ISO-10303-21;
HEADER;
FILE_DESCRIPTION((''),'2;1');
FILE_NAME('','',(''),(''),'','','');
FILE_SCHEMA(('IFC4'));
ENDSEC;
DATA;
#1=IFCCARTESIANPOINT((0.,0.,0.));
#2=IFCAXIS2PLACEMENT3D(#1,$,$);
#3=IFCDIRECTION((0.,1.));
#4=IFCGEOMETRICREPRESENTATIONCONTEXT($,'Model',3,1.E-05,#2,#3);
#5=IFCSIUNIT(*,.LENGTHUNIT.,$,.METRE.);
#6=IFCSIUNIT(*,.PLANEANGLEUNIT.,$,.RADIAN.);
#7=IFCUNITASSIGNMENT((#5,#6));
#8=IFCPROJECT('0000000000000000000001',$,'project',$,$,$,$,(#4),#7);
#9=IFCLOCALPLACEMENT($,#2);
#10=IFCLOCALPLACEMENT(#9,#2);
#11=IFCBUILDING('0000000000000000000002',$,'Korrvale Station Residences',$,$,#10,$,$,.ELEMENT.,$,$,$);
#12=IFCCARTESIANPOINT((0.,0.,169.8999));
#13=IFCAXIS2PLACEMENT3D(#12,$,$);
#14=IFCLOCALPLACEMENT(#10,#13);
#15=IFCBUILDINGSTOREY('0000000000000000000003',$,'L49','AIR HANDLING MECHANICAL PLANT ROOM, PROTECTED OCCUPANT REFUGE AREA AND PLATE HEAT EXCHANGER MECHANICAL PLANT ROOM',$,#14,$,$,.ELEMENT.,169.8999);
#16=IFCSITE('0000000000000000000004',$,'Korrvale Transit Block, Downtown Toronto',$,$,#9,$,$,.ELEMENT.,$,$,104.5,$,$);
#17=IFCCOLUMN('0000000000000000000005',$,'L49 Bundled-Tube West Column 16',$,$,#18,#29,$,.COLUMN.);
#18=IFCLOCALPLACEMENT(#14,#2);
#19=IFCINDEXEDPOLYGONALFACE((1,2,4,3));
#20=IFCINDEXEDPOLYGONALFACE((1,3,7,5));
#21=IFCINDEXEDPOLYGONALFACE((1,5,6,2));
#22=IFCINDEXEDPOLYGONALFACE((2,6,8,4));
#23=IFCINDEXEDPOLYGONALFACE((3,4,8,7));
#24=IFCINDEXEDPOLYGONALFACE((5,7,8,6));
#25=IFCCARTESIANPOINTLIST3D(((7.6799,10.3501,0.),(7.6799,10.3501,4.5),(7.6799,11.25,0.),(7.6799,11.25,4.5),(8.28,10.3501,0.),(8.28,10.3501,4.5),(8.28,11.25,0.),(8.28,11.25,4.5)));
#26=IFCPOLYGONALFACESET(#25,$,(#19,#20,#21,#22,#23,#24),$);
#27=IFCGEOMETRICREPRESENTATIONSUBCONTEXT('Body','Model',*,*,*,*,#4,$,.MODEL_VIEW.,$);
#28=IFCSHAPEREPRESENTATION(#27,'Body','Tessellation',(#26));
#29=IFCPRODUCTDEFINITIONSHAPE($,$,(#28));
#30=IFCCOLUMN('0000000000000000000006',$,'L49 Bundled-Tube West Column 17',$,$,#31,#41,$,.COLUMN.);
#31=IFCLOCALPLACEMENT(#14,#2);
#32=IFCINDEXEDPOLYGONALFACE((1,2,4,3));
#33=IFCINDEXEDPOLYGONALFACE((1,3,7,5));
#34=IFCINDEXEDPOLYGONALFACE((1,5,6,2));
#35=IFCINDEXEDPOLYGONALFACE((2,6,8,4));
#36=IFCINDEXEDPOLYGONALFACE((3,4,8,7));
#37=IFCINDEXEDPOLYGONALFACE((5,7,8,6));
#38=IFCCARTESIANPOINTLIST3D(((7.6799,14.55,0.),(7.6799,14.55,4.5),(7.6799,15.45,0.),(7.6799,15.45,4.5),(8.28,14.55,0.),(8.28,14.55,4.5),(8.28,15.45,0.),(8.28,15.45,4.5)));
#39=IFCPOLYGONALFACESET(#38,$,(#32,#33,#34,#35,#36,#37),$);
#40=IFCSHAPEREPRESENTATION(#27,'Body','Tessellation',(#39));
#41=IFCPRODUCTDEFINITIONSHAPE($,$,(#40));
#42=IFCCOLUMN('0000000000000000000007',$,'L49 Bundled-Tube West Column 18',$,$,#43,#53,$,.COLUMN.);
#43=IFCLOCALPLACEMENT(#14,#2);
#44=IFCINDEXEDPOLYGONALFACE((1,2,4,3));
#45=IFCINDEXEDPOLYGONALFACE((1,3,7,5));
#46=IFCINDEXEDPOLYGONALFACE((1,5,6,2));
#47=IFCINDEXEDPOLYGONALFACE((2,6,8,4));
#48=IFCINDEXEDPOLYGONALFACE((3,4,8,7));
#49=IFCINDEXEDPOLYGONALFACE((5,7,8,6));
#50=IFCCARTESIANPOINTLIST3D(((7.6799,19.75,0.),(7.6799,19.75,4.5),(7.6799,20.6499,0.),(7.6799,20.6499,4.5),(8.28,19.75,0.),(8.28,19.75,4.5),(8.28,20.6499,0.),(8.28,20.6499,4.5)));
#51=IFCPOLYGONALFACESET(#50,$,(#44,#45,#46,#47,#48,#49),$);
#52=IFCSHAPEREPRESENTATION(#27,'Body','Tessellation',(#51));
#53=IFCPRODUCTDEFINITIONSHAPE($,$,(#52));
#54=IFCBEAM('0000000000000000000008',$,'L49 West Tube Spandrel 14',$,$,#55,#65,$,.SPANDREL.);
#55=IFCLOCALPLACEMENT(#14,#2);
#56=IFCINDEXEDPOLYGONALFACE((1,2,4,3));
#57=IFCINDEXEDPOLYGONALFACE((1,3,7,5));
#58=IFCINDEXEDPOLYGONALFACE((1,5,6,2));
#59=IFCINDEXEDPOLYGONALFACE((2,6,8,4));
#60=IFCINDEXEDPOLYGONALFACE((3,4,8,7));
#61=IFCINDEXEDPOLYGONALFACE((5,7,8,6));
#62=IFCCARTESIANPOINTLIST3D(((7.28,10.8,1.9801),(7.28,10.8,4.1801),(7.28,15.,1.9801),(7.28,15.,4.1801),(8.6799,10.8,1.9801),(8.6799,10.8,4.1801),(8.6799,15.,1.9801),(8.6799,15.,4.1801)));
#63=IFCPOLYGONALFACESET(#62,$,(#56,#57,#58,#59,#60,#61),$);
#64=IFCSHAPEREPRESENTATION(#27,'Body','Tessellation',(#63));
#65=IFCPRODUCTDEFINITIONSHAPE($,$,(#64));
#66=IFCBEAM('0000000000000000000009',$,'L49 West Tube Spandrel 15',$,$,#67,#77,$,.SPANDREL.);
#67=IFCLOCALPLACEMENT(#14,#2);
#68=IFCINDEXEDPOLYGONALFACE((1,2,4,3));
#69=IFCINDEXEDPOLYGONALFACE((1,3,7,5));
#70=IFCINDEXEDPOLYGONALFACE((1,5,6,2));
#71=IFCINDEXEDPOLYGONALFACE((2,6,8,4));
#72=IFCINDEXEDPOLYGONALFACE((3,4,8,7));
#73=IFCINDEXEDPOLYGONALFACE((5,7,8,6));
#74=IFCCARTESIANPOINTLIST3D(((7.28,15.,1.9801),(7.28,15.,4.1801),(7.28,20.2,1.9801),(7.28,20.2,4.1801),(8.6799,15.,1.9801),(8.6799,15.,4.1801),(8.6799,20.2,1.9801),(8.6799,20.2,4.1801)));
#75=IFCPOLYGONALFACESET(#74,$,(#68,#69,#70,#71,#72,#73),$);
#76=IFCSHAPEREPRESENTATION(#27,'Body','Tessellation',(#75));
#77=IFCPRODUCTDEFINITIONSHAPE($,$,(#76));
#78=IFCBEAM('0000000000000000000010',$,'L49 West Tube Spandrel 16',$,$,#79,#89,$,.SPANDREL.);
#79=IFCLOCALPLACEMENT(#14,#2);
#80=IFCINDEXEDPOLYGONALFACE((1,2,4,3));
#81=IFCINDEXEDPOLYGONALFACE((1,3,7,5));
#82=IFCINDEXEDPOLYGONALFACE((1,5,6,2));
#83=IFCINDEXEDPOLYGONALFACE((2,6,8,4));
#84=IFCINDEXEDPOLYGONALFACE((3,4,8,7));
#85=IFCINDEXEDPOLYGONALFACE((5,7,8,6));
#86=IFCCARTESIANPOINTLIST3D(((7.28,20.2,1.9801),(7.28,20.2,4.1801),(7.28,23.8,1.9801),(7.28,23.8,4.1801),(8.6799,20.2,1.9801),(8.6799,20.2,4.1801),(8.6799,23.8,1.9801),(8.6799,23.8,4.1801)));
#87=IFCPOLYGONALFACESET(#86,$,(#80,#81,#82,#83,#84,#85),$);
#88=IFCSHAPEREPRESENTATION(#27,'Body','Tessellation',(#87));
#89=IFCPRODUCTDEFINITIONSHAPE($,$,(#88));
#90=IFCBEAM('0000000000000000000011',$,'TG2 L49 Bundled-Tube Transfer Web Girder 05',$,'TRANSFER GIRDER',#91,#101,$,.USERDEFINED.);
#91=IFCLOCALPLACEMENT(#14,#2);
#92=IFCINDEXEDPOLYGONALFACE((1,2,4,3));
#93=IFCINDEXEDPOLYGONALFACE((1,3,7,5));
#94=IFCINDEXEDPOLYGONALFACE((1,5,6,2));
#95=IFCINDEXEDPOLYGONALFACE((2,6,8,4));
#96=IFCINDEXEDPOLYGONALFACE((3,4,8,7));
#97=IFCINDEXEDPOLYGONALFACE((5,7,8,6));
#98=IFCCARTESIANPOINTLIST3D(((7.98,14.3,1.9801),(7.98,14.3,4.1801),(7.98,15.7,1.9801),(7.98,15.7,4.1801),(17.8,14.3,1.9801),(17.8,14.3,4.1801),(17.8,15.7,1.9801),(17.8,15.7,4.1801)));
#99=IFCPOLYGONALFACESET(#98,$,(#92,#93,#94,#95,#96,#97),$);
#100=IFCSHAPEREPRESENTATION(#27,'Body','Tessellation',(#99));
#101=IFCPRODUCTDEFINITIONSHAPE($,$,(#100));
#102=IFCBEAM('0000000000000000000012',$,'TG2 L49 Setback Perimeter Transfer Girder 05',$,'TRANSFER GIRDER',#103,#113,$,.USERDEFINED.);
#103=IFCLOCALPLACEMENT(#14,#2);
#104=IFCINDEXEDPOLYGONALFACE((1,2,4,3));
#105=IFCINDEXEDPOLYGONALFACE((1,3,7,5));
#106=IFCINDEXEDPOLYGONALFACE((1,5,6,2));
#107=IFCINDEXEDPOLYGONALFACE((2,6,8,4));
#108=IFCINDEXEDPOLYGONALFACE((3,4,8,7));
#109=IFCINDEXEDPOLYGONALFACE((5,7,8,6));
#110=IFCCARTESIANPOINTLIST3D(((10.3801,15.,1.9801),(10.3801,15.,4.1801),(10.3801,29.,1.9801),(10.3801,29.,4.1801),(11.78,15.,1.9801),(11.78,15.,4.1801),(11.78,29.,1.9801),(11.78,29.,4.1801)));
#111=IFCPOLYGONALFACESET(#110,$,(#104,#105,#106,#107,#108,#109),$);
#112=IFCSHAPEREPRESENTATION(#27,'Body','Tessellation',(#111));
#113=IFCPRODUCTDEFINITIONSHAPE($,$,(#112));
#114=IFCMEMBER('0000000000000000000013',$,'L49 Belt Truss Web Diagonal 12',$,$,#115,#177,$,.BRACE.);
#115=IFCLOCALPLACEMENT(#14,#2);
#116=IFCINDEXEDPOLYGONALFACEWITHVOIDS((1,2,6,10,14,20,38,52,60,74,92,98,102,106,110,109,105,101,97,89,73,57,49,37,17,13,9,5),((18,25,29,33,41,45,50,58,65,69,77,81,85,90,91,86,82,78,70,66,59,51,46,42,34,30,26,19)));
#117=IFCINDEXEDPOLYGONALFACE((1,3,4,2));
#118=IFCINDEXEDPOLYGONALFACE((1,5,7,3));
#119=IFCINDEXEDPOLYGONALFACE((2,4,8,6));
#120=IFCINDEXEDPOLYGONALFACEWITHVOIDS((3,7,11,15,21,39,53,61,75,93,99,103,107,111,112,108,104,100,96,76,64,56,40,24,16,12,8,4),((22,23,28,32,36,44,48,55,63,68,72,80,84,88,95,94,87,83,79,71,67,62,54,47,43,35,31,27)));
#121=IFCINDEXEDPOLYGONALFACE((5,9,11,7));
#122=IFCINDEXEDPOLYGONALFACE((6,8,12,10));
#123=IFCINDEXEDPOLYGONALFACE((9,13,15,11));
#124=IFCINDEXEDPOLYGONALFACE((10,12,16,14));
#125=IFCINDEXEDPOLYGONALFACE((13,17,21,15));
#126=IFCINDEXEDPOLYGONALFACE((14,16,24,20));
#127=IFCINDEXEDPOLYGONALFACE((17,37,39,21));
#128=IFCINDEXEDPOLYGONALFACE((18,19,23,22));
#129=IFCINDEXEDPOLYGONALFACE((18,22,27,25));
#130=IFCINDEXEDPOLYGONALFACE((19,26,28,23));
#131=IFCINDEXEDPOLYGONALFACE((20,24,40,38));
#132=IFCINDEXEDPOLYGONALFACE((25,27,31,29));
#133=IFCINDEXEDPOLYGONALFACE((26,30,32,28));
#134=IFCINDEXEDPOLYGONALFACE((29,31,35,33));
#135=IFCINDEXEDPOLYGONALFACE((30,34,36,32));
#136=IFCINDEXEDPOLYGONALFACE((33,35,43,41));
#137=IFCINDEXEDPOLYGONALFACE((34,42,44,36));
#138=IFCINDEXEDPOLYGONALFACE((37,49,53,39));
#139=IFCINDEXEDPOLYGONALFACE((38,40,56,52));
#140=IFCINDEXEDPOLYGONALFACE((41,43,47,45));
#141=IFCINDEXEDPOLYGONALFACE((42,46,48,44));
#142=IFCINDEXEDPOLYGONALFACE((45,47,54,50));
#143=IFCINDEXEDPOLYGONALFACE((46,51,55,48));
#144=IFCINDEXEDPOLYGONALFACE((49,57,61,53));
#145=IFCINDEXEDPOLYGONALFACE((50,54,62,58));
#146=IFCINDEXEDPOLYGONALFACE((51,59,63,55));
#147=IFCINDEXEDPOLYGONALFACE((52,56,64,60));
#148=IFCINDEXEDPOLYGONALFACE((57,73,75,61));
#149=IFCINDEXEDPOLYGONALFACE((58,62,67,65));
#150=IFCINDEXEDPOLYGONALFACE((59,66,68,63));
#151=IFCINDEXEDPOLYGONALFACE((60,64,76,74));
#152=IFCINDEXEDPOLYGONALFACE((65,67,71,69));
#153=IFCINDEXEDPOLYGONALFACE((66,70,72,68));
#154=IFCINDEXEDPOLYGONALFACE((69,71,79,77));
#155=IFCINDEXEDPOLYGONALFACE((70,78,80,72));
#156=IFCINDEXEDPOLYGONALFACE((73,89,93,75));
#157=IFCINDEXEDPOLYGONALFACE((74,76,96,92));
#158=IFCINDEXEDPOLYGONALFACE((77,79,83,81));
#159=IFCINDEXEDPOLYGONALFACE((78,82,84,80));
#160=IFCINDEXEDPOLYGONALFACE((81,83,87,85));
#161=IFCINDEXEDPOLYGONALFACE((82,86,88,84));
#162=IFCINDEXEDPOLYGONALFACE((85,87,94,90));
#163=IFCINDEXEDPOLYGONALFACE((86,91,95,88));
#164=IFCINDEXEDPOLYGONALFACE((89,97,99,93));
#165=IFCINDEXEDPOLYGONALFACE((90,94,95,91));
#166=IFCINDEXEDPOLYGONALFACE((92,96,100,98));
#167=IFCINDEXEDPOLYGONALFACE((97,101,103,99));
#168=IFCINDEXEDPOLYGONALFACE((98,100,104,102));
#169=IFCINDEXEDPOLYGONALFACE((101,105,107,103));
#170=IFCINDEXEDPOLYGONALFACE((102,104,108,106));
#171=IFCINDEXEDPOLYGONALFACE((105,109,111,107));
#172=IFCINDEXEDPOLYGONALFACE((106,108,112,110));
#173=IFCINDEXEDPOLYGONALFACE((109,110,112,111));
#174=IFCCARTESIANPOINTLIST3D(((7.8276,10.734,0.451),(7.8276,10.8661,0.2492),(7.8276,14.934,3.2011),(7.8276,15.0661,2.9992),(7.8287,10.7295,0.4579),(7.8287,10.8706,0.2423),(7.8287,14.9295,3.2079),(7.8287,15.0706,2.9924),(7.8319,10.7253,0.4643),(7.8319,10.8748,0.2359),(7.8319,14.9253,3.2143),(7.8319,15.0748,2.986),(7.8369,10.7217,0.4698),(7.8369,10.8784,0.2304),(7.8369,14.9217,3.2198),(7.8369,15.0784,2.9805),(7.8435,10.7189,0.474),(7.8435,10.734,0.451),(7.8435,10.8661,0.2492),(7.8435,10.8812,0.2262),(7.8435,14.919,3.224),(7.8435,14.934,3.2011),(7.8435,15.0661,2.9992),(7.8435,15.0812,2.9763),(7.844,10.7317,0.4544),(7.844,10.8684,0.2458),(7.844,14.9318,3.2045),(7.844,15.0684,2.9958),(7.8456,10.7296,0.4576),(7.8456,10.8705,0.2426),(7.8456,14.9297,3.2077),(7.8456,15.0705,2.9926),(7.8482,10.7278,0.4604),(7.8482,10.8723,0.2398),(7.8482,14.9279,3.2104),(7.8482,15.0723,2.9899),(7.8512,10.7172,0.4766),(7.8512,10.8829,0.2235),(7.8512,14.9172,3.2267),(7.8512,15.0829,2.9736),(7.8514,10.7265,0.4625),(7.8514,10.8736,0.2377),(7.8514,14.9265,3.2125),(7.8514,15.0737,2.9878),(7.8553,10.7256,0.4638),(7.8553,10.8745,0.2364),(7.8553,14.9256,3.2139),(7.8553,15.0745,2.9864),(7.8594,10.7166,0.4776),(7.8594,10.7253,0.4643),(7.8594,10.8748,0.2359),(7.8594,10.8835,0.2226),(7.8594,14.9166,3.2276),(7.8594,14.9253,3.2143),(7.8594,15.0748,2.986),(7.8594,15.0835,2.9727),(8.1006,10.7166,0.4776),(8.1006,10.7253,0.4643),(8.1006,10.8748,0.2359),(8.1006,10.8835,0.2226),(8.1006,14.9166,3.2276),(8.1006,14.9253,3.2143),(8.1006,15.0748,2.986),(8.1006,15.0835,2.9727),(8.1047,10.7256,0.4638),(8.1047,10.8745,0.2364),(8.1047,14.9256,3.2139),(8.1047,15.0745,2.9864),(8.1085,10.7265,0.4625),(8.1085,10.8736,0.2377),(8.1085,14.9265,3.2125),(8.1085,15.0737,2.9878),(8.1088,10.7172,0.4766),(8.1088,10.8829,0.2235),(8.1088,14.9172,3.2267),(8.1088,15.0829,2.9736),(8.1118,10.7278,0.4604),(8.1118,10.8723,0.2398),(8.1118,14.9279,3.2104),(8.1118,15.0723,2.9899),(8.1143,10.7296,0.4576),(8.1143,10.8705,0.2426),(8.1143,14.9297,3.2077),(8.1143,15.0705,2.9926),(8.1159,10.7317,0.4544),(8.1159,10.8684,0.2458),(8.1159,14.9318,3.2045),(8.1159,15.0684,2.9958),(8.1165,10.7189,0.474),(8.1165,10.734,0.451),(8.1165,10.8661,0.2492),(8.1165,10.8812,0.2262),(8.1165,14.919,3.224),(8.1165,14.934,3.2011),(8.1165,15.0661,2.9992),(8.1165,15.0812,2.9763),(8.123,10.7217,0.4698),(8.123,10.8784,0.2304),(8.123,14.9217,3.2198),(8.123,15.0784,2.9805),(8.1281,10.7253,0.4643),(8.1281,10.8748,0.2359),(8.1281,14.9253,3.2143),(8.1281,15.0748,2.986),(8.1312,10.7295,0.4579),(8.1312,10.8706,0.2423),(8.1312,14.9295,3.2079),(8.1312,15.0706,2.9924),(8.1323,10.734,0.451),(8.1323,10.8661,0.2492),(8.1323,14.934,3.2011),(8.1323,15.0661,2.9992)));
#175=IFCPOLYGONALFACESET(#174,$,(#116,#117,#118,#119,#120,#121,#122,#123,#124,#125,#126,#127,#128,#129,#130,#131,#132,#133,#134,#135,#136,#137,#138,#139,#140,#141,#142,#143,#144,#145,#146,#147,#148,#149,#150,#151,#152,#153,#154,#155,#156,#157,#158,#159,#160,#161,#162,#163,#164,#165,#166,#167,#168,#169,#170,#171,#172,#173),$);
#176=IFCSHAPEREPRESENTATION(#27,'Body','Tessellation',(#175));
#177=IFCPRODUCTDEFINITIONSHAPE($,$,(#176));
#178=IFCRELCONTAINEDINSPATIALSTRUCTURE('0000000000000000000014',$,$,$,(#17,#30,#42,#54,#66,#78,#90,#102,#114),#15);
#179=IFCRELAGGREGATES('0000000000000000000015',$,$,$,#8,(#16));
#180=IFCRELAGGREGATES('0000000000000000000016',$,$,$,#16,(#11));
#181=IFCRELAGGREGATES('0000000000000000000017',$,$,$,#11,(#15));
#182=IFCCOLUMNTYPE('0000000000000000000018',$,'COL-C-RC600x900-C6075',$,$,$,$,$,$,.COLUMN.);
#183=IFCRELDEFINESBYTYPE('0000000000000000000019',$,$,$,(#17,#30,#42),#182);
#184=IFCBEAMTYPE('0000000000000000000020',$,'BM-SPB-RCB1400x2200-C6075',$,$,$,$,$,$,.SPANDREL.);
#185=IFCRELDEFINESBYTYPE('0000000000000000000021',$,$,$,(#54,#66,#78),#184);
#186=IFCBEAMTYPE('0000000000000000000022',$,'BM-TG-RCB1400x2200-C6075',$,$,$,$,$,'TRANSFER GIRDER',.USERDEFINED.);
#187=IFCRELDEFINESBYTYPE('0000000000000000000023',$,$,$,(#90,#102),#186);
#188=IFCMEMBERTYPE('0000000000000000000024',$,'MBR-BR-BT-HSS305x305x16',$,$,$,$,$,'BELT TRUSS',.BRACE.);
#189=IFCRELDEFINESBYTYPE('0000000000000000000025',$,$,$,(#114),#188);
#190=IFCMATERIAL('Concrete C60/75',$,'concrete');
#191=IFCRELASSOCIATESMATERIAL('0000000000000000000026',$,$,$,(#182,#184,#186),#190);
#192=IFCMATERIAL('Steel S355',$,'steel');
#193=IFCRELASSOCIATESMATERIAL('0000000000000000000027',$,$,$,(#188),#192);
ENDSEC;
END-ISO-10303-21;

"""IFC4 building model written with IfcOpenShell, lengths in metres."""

from ifc_helpers import new_model, si_unit, direction, frame, origin, origin_2d, place, context, subcontext, project, spatial, rectangle, hollow_rectangle, extrude, material, material_profile, profile_set, type_object, element, save


model = new_model("IFC4")

# Units and contexts
model_context = context("Model", 3, precision=1e-05, world=origin(), true_north=direction((0.0, 1.0)))
body_context = subcontext(model_context, "Body", "Model", "MODEL_VIEW")
ifc_project = project(units=[si_unit("LENGTHUNIT", "METRE"), si_unit("PLANEANGLEUNIT", "RADIAN")], contexts=[model_context])

# Site, building, storey
site_placement = place(None, origin())
site = spatial("IfcSite", under=ifc_project, at=site_placement, Name="Korrvale Transit Block, Downtown Toronto", CompositionType="ELEMENT", RefElevation=104.5)
building_placement = place(site_placement, origin())
building = spatial("IfcBuilding", under=site, at=building_placement, Name="Korrvale Station Residences", CompositionType="ELEMENT")
storey_placement = place(building_placement, frame((0.0, 0.0, 169.8999)))
storey = spatial("IfcBuildingStorey", under=building, at=storey_placement, Name="L49", Description="AIR HANDLING MECHANICAL PLANT ROOM, PROTECTED OCCUPANT REFUGE AREA AND PLATE HEAT EXCHANGER MECHANICAL PLANT ROOM", CompositionType="ELEMENT", Elevation=169.8999)

# Columns
ifc_material_1 = material(Name="Concrete C60/75", Category="concrete")
ifc_material_profile_1 = material_profile(ifc_material_1, rectangle(XDim=0.6001, YDim=0.8999, at=origin_2d()), Name="RC600x900")
ifc_profile_set_1 = profile_set([ifc_material_profile_1], Name="Concrete C60/75")
column_type = type_object("IfcColumnType", Name="COL-C-RC600x900-C6075", PredefinedType="COLUMN", material=ifc_profile_set_1)
for number, where, z_axis, x_axis, name in (
    (1, (7.98, 10.8, 0.0), (0.0, 0.0, 1.0), (1.0, 0.0, 0.0), "L49 Bundled-Tube West Column 16"),
    (2, (7.98, 15.0, 0.0), (0.0, 0.0, 1.0), (1.0, 0.0, 0.0), "L49 Bundled-Tube West Column 17"),
    (3, (7.98, 20.2, 0.0), (0.0, 0.0, 1.0), (1.0, 0.0, 0.0), "L49 Bundled-Tube West Column 18"),
):
    element("IfcColumn", number, at=place(storey_placement, frame(where, z_axis=z_axis, x_axis=x_axis)), inside=storey, type_object=column_type, Name=name, PredefinedType="COLUMN", context=body_context, shape_type="SweptSolid", body=[
        extrude(rectangle(XDim=0.6001, YDim=0.8999, at=origin_2d()), origin(), (0.0, 0.0, 1.0), 4.5),
    ])

# Beams
ifc_material_profile_2 = material_profile(ifc_material_1, rectangle(XDim=1.3999, YDim=2.2, at=origin_2d()), Name="RCB1400x2200")
ifc_profile_set_2 = profile_set([ifc_material_profile_2], Name="Concrete C60/75")
beam_type_1 = type_object("IfcBeamType", Name="BM-SPB-RCB1400x2200-C6075", PredefinedType="SPANDREL", material=ifc_profile_set_2)
beam_1_placement = place(storey_placement, frame((7.98, 10.8, 3.0801), z_axis=(0.0, 1.0, 0.0), x_axis=(-1.0, 0.0, 0.0)))
element("IfcBeam", 4, at=beam_1_placement, inside=storey, type_object=beam_type_1, Name="L49 West Tube Spandrel 14", PredefinedType="SPANDREL", context=body_context, shape_type="SweptSolid", body=[
    extrude(rectangle(XDim=1.3999, YDim=2.2, at=origin_2d()), origin(), (0.0, 0.0, 1.0), 4.2),
])
beam_2_placement = place(storey_placement, frame((7.98, 15.0, 3.0801), z_axis=(0.0, 1.0, 0.0), x_axis=(-1.0, 0.0, 0.0)))
element("IfcBeam", 5, at=beam_2_placement, inside=storey, type_object=beam_type_1, Name="L49 West Tube Spandrel 15", PredefinedType="SPANDREL", context=body_context, shape_type="SweptSolid", body=[
    extrude(rectangle(XDim=1.3999, YDim=2.2, at=origin_2d()), origin(), (0.0, 0.0, 1.0), 5.2),
])
beam_3_placement = place(storey_placement, frame((7.98, 20.2, 3.0801), z_axis=(0.0, 1.0, 0.0), x_axis=(-1.0, 0.0, 0.0)))
element("IfcBeam", 6, at=beam_3_placement, inside=storey, type_object=beam_type_1, Name="L49 West Tube Spandrel 16", PredefinedType="SPANDREL", context=body_context, shape_type="SweptSolid", body=[
    extrude(rectangle(XDim=1.3999, YDim=2.2, at=origin_2d()), origin(), (0.0, 0.0, 1.0), 3.6001),
])
ifc_material_profile_3 = material_profile(ifc_material_1, rectangle(XDim=1.3999, YDim=2.2, at=origin_2d()), Name="RCB1400x2200")
ifc_profile_set_3 = profile_set([ifc_material_profile_3], Name="Concrete C60/75")
beam_type_2 = type_object("IfcBeamType", Name="BM-TG-RCB1400x2200-C6075", ElementType="TRANSFER GIRDER", PredefinedType="USERDEFINED", material=ifc_profile_set_3)
beam_4_placement = place(storey_placement, frame((7.98, 15.0, 3.0801), z_axis=(1.0, 0.0, 0.0), x_axis=(0.0, 1.0, 0.0)))
element("IfcBeam", 7, at=beam_4_placement, inside=storey, type_object=beam_type_2, Name="TG2 L49 Bundled-Tube Transfer Web Girder 05", ObjectType="TRANSFER GIRDER", PredefinedType="USERDEFINED", context=body_context, shape_type="SweptSolid", body=[
    extrude(rectangle(XDim=1.3999, YDim=2.2, at=origin_2d()), origin(), (0.0, 0.0, 1.0), 9.8201),
])
beam_5_placement = place(storey_placement, frame((11.0801, 15.0, 3.0801), z_axis=(0.0, 1.0, 0.0), x_axis=(-1.0, 0.0, 0.0)))
element("IfcBeam", 8, at=beam_5_placement, inside=storey, type_object=beam_type_2, Name="TG2 L49 Setback Perimeter Transfer Girder 05", ObjectType="TRANSFER GIRDER", PredefinedType="USERDEFINED", context=body_context, shape_type="SweptSolid", body=[
    extrude(rectangle(XDim=1.3999, YDim=2.2, at=origin_2d()), origin(), (0.0, 0.0, 1.0), 14.0),
])

# Member
ifc_material_2 = material(Name="Steel S355", Category="steel")
ifc_material_profile_4 = material_profile(ifc_material_2, hollow_rectangle(XDim=0.3047, YDim=0.3047, WallThickness=0.0159, InnerFilletRadius=0.0159, OuterFilletRadius=0.0317, at=origin_2d()), Name="HSS305x305x16")
ifc_profile_set_4 = profile_set([ifc_material_profile_4], Name="Steel S355")
member_type_1 = type_object("IfcMemberType", Name="MBR-BR-BT-HSS305x305x16", ElementType="BELT TRUSS", PredefinedType="BRACE", material=ifc_profile_set_4)
member_1_placement = place(storey_placement, frame((7.98, 10.8, 0.3501), z_axis=(0.0, 0.836616, 0.54779), x_axis=(-1.0, 0.0, 0.0)))
element("IfcMember", 9, at=member_1_placement, inside=storey, type_object=member_type_1, Name="L49 Belt Truss Web Diagonal 12", PredefinedType="BRACE", context=body_context, shape_type="SweptSolid", body=[
    extrude(hollow_rectangle(XDim=0.3047, YDim=0.3047, WallThickness=0.0159, InnerFilletRadius=0.0159, OuterFilletRadius=0.0317, at=origin_2d()), origin(), (0.0, 0.0, 1.0), 5.0203),
])

save(model, "model.ifc")
